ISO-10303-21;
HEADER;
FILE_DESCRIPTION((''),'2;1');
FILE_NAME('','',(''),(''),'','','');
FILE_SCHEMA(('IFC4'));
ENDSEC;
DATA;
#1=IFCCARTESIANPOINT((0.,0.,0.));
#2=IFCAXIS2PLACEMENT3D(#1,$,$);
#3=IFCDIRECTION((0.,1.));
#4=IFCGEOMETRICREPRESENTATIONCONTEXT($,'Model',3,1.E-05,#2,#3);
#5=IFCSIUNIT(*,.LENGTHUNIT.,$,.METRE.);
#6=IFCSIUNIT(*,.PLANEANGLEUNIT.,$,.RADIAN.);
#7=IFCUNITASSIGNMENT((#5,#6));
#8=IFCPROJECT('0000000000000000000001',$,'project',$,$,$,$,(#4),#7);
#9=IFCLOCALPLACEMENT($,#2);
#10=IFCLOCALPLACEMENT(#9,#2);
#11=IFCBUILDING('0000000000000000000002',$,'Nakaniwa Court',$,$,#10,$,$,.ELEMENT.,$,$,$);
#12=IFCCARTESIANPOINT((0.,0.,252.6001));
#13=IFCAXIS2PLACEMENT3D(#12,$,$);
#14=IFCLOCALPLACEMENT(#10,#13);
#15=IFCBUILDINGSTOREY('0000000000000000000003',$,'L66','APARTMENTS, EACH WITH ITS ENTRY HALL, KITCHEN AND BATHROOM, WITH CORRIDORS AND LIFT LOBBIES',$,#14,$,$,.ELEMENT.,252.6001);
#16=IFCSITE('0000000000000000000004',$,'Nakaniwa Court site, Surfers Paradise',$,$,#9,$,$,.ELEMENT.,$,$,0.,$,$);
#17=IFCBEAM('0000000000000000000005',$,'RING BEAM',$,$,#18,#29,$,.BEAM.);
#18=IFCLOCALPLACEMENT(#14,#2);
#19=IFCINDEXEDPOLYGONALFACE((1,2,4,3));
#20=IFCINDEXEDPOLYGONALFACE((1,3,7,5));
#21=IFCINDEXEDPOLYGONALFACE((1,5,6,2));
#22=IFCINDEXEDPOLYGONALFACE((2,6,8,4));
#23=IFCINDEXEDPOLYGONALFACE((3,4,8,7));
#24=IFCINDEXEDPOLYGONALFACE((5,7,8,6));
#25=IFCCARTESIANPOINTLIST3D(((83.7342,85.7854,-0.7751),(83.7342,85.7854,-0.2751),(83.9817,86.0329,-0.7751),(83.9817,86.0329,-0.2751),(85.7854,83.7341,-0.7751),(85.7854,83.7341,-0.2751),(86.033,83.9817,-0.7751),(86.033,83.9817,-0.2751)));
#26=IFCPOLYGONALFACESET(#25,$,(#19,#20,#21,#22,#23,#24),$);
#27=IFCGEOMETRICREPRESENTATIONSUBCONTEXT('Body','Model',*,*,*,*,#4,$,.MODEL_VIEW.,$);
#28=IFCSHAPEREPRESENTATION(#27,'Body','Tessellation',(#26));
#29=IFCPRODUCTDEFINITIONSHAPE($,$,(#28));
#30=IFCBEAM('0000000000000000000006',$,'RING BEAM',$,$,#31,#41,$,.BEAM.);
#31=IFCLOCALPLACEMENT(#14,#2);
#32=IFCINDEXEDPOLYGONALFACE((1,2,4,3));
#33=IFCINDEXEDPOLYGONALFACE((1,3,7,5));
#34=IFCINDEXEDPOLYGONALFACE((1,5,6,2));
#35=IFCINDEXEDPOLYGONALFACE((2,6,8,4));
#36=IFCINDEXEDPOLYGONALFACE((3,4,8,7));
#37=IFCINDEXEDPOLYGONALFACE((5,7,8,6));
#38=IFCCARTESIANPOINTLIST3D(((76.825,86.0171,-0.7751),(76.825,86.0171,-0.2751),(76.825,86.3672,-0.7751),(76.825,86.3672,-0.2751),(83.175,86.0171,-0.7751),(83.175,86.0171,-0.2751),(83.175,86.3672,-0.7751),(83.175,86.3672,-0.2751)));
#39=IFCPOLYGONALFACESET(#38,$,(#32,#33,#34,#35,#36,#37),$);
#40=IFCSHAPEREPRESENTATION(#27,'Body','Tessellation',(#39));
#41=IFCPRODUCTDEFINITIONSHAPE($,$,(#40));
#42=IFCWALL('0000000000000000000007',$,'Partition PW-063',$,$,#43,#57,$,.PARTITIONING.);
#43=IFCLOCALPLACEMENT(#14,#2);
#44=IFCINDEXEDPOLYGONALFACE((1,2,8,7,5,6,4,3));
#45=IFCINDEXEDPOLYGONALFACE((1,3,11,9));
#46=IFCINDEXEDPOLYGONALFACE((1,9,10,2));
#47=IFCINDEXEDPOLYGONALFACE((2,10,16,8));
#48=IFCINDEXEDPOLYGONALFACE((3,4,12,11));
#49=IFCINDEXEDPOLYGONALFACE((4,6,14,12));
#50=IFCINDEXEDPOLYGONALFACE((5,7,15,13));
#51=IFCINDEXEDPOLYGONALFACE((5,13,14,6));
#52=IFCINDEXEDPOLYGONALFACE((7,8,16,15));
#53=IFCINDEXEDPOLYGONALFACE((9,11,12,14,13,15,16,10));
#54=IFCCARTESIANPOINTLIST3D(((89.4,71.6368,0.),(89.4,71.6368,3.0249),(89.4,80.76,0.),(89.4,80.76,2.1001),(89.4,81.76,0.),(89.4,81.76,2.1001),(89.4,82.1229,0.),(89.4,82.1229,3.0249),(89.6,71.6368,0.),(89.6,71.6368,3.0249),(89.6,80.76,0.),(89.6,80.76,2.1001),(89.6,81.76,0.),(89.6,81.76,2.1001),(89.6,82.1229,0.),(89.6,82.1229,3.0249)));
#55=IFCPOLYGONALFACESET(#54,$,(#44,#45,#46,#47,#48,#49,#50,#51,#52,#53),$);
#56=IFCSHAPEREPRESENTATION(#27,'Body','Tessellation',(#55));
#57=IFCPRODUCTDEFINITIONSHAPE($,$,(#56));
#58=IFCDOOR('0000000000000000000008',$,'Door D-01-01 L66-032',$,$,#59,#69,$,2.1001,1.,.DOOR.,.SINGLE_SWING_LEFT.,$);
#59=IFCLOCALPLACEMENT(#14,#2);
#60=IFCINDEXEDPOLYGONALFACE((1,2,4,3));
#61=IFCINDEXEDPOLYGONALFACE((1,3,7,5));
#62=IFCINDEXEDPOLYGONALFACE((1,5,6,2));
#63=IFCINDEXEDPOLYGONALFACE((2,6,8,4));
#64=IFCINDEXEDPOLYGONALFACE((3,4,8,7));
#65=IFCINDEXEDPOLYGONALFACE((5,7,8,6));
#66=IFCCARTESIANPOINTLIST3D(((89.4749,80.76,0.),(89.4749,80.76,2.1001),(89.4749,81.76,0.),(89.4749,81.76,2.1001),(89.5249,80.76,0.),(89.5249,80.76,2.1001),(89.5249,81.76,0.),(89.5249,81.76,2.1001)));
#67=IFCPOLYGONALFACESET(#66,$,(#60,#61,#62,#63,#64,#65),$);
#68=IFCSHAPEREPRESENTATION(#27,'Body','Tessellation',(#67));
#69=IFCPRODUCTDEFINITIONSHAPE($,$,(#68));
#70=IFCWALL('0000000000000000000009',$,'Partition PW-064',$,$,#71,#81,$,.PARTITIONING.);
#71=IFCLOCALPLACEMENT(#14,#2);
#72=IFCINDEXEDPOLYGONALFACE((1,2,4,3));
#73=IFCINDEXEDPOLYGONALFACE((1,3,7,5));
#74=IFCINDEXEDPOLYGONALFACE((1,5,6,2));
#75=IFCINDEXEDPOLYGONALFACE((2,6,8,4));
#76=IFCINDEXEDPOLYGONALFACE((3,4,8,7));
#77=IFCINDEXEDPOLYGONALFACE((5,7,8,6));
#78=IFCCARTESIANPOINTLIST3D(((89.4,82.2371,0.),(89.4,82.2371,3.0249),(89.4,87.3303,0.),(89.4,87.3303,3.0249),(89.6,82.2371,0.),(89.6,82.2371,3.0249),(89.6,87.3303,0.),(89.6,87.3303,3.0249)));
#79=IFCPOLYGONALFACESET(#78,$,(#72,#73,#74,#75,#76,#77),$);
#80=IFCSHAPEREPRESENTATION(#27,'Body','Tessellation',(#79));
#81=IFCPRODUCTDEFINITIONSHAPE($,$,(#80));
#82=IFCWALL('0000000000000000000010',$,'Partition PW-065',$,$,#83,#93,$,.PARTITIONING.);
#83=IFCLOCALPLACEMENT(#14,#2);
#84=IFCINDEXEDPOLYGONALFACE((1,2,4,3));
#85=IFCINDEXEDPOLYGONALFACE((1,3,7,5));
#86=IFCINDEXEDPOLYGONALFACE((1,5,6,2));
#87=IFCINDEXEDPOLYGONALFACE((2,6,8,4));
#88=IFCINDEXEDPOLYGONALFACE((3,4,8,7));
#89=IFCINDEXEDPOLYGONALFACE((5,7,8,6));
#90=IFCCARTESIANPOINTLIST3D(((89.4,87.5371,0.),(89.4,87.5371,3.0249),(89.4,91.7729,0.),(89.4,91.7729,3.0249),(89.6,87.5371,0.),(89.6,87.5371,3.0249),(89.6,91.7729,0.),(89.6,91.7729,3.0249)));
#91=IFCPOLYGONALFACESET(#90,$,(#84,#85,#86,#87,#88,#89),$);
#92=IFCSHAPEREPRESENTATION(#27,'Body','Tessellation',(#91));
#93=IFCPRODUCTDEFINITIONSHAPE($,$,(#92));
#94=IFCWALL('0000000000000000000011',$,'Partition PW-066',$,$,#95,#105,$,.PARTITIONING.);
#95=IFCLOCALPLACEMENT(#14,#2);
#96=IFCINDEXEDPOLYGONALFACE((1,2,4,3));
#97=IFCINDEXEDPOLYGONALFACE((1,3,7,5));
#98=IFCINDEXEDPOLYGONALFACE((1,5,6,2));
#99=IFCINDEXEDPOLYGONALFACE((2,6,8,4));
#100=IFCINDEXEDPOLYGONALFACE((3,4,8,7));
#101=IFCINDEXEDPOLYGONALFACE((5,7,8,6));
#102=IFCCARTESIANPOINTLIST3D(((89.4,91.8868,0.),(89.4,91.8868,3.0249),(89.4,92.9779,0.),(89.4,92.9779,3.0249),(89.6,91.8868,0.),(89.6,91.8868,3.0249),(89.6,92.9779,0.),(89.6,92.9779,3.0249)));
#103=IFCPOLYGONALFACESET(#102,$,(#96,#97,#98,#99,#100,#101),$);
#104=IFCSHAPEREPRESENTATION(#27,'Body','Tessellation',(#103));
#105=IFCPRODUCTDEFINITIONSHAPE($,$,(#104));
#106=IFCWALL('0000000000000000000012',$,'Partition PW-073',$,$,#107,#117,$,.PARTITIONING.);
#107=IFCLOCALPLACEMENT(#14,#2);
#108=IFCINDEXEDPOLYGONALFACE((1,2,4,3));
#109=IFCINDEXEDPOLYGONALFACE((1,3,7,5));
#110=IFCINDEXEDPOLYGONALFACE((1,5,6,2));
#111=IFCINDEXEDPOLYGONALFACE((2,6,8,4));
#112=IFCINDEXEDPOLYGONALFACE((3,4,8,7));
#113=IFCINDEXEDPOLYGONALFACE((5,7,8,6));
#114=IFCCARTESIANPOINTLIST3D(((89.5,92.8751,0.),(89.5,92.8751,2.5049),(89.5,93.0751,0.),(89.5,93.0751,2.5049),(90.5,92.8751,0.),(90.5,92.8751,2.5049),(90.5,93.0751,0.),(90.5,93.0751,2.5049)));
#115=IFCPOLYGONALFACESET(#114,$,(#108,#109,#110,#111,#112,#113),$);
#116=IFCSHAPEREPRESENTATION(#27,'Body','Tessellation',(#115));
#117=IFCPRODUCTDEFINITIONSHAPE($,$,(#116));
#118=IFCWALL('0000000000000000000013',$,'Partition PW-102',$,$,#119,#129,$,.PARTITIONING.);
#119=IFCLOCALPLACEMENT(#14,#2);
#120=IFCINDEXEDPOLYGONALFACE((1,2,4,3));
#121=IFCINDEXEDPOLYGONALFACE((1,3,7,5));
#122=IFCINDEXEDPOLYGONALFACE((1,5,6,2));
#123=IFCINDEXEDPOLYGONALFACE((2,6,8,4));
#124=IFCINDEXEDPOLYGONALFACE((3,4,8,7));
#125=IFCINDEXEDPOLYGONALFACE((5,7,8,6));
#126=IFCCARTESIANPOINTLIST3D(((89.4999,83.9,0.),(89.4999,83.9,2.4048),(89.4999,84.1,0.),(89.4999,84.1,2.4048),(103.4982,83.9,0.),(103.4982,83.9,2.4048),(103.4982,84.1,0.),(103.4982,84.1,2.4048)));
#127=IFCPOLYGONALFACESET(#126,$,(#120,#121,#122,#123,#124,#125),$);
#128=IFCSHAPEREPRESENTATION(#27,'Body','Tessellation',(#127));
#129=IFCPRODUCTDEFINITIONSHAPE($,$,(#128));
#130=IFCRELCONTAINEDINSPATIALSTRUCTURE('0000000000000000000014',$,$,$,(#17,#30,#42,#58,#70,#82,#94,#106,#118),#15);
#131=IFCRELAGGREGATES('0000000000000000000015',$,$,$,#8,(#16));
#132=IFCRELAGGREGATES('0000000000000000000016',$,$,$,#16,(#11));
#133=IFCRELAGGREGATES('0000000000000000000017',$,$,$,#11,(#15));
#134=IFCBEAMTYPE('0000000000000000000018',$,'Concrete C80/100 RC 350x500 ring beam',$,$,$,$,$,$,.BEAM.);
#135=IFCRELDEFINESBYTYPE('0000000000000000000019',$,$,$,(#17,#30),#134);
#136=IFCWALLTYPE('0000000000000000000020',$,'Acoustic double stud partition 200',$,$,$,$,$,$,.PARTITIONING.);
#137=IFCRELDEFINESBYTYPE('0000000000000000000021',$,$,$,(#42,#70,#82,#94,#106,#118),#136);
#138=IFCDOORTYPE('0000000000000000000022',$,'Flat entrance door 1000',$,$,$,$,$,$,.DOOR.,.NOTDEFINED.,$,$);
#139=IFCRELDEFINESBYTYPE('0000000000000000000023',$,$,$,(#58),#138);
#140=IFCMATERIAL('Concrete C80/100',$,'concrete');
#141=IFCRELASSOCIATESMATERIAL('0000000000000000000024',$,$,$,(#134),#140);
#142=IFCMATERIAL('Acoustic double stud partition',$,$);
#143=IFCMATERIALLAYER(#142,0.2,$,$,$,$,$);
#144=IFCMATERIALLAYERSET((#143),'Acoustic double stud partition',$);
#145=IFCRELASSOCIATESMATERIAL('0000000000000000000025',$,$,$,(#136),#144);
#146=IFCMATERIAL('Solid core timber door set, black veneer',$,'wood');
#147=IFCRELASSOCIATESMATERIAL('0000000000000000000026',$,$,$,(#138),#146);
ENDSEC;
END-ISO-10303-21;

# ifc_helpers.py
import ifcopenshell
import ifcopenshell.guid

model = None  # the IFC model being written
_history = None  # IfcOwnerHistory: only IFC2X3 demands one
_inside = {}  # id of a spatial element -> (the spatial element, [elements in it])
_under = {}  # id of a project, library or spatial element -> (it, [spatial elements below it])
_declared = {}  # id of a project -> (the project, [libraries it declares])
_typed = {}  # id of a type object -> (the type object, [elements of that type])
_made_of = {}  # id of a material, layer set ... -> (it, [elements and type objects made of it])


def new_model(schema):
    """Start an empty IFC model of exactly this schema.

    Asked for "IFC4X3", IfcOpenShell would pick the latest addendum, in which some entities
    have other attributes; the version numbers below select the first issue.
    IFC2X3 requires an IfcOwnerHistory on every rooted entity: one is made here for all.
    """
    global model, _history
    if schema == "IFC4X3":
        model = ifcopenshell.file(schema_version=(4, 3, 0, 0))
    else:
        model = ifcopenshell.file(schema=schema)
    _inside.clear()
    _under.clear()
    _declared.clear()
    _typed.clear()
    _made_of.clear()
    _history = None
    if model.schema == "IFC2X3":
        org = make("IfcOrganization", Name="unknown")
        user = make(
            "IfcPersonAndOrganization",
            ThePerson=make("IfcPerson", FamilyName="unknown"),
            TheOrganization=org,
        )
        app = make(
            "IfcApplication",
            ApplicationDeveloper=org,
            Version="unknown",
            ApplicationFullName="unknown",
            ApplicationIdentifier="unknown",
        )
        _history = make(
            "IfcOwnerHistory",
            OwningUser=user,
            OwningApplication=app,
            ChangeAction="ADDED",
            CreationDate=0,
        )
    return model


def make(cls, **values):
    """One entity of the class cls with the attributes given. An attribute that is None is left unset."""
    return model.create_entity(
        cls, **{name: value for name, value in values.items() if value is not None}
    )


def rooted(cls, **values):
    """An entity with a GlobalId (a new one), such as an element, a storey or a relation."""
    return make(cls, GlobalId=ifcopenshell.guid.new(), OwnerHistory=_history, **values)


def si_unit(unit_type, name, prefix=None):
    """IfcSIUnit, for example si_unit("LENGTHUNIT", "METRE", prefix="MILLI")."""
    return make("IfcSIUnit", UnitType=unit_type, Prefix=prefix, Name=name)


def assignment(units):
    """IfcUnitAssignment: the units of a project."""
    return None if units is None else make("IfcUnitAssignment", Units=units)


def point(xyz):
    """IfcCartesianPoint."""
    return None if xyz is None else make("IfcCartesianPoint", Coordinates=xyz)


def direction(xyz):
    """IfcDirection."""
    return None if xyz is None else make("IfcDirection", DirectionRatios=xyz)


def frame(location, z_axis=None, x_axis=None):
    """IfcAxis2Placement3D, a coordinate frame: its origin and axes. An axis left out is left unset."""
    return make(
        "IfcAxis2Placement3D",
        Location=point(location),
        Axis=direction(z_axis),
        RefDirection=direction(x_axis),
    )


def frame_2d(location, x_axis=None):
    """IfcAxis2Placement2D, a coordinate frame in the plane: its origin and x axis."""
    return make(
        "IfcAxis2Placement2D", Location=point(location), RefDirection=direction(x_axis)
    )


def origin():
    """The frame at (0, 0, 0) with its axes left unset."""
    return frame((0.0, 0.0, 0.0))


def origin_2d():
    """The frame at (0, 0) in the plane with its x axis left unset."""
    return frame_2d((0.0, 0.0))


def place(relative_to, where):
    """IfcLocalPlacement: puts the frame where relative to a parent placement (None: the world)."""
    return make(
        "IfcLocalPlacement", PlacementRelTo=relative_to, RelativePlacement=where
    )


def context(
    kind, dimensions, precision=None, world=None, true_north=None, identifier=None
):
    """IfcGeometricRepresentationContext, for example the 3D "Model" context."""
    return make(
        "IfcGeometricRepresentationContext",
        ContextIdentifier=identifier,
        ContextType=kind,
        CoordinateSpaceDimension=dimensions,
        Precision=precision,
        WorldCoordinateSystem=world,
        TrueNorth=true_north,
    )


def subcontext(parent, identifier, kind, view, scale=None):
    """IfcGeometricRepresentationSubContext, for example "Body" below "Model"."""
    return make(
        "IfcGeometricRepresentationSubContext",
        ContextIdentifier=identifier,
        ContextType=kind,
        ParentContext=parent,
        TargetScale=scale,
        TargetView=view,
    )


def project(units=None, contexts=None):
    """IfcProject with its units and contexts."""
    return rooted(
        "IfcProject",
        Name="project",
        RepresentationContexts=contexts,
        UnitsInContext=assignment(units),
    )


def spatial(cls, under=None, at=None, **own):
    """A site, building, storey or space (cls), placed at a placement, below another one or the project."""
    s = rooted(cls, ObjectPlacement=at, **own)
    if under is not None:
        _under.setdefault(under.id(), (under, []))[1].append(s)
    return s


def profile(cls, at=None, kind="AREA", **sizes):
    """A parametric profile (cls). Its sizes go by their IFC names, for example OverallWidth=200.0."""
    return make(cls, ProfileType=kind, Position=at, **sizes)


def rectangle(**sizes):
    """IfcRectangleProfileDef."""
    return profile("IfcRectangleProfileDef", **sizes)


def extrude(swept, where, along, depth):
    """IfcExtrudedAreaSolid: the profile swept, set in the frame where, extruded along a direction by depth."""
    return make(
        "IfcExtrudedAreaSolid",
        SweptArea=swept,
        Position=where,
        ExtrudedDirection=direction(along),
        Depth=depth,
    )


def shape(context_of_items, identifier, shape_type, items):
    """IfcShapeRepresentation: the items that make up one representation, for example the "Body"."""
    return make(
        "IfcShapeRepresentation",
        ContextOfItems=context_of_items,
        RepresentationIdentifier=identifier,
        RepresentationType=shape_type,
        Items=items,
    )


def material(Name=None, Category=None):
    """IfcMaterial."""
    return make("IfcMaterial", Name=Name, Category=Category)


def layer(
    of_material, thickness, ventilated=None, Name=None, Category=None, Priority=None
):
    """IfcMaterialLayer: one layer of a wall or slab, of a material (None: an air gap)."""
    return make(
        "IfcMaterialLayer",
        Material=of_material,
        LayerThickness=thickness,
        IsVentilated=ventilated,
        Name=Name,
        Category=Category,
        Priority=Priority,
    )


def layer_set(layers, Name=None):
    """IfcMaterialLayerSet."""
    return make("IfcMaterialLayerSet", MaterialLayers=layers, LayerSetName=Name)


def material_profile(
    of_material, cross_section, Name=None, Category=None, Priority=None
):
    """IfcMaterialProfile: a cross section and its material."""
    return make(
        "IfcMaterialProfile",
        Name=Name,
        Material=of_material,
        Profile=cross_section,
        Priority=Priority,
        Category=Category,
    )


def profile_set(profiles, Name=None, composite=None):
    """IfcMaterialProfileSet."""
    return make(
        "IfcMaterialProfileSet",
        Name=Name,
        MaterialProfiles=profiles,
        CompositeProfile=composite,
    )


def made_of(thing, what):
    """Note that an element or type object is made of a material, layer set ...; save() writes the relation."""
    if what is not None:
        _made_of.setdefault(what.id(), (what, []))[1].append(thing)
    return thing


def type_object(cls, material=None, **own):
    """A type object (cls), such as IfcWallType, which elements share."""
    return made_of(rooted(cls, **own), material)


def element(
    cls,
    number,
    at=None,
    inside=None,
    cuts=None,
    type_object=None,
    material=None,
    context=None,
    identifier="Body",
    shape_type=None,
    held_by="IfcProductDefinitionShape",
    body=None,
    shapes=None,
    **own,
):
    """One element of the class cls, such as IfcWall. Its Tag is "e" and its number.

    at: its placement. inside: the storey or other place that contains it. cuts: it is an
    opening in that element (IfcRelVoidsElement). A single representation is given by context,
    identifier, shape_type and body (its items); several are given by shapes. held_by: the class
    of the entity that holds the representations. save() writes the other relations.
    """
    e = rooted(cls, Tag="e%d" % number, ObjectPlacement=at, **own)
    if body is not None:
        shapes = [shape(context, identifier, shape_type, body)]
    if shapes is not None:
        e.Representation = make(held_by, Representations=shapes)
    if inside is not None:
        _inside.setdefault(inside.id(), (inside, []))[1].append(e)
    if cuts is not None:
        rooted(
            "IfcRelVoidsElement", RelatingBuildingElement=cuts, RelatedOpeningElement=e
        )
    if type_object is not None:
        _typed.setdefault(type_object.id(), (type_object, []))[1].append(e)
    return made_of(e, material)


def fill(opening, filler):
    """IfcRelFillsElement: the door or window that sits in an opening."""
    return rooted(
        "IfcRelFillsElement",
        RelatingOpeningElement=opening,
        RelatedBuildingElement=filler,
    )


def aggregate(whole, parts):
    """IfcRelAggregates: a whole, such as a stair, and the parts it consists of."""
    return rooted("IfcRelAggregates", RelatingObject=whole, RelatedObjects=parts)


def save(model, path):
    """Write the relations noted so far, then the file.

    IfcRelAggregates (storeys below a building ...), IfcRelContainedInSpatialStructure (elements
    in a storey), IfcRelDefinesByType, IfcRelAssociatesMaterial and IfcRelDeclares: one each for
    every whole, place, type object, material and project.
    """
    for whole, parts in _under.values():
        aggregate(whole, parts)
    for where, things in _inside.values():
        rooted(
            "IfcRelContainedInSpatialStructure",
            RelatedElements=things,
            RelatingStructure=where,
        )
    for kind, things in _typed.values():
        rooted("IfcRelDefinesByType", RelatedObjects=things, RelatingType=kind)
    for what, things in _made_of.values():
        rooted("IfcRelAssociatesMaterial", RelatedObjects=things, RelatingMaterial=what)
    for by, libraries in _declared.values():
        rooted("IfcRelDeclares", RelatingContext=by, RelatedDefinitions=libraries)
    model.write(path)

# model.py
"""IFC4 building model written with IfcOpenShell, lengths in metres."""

from ifc_helpers import new_model, si_unit, direction, frame, frame_2d, origin, origin_2d, place, context, subcontext, project, spatial, rectangle, extrude, material, layer, layer_set, material_profile, profile_set, type_object, element, fill, save


model = new_model("IFC4")

# Units and contexts
model_context = context("Model", 3, precision=1e-05, world=origin(), true_north=direction((0.0, 1.0)))
body_context = subcontext(model_context, "Body", "Model", "MODEL_VIEW")
ifc_project = project(units=[si_unit("LENGTHUNIT", "METRE"), si_unit("PLANEANGLEUNIT", "RADIAN")], contexts=[model_context])

# Site, building, storey
site_placement = place(None, origin())
site = spatial("IfcSite", under=ifc_project, at=site_placement, Name="Nakaniwa Court site, Surfers Paradise", CompositionType="ELEMENT", RefElevation=0.0)
building_placement = place(site_placement, origin())
building = spatial("IfcBuilding", under=site, at=building_placement, Name="Nakaniwa Court", CompositionType="ELEMENT")
storey_placement = place(building_placement, frame((0.0, 0.0, 252.6001)))
storey = spatial("IfcBuildingStorey", under=building, at=storey_placement, Name="L66", Description="APARTMENTS, EACH WITH ITS ENTRY HALL, KITCHEN AND BATHROOM, WITH CORRIDORS AND LIFT LOBBIES", CompositionType="ELEMENT", Elevation=252.6001)

# Shared definitions
ifc_material_1 = material(Name="Concrete C80/100", Category="concrete")

# Beams
ifc_material_profile_1 = material_profile(ifc_material_1, rectangle(XDim=0.3501, YDim=0.5, at=origin_2d()), Name="Concrete C80/100 RC 350x500 ring beam")
ifc_profile_set_1 = profile_set([ifc_material_profile_1], Name="Concrete C80/100")
beam_type = type_object("IfcBeamType", Name="Concrete C80/100 RC 350x500 ring beam", PredefinedType="BEAM", material=ifc_profile_set_1)
beam_1_placement = place(storey_placement, frame((85.9092, 83.8579, -0.5251), z_axis=(-0.707107, 0.707107, 0.0), x_axis=(-0.707107, -0.707107, 0.0)))
element("IfcBeam", 1, at=beam_1_placement, inside=storey, type_object=beam_type, Name="RING BEAM", PredefinedType="BEAM", context=body_context, shape_type="SweptSolid", body=[
    extrude(rectangle(XDim=0.3501, YDim=0.5, at=origin_2d()), origin(), (0.0, 0.0, 1.0), 2.9009),
])
beam_2_placement = place(storey_placement, frame((83.175, 86.1921, -0.5251), z_axis=(-1.0, 0.0, 0.0), x_axis=(0.0, -1.0, 0.0)))
element("IfcBeam", 2, at=beam_2_placement, inside=storey, type_object=beam_type, Name="RING BEAM", PredefinedType="BEAM", context=body_context, shape_type="SweptSolid", body=[
    extrude(rectangle(XDim=0.3501, YDim=0.5, at=origin_2d()), origin(), (0.0, 0.0, 1.0), 6.3501),
])

# Wall, opening, door
ifc_material_2 = material(Name="Acoustic double stud partition")
ifc_layer_1 = layer(ifc_material_2, 0.2)
ifc_layer_set_1 = layer_set([ifc_layer_1], Name="Acoustic double stud partition")
wall_type_1 = type_object("IfcWallType", Name="Acoustic double stud partition 200", PredefinedType="PARTITIONING", material=ifc_layer_set_1)
wall_1_placement = place(storey_placement, frame((89.5, 82.123, 0.0), z_axis=(0.0, 0.0, 1.0), x_axis=(0.0, -1.0, 0.0)))
wall_1 = element("IfcWall", 3, at=wall_1_placement, inside=storey, type_object=wall_type_1, Name="Partition PW-063", PredefinedType="PARTITIONING", context=body_context, shape_type="SweptSolid", body=[
    extrude(rectangle(XDim=10.4861, YDim=0.2, at=frame_2d((5.2432, 0.0))), origin(), (0.0, 0.0, 1.0), 3.0249),
])
opening_1_placement = place(wall_1_placement, frame((0.363, 0.0, 0.0)))
opening_1 = element("IfcOpeningElement", 4, at=opening_1_placement, cuts=wall_1, PredefinedType="OPENING", context=body_context, shape_type="SweptSolid", body=[
    extrude(rectangle(XDim=1.0, YDim=2.1001, at=frame_2d((0.5, 1.05))), frame((0.0, 0.1099, 0.0), z_axis=(0.0, -1.0, 0.0), x_axis=(1.0, 0.0, 0.0)), (0.0, 0.0, 1.0), 0.22),
])
ifc_material_3 = material(Name="Solid core timber door set, black veneer", Category="wood")
door_type_1 = type_object("IfcDoorType", Name="Flat entrance door 1000", OperationType="NOTDEFINED", PredefinedType="DOOR", material=ifc_material_3)
door_1_placement = place(opening_1_placement, origin())
door_1 = element("IfcDoor", 5, at=door_1_placement, inside=storey, type_object=door_type_1, Name="Door D-01-01 L66-032", OperationType="SINGLE_SWING_LEFT", OverallHeight=2.1001, OverallWidth=1.0, PredefinedType="DOOR", context=body_context, shape_type="SweptSolid", body=[
    extrude(rectangle(XDim=1.0, YDim=2.1001, at=frame_2d((0.5, 1.05))), frame((0.0, 0.0249, 0.0), z_axis=(0.0, -1.0, 0.0), x_axis=(1.0, 0.0, 0.0)), (0.0, 0.0, 1.0), 0.05),
])
fill(opening_1, door_1)

# Walls
wall_2_placement = place(storey_placement, frame((89.5, 82.2371, 0.0), z_axis=(0.0, 0.0, 1.0), x_axis=(0.0, 1.0, 0.0)))
element("IfcWall", 6, at=wall_2_placement, inside=storey, type_object=wall_type_1, Name="Partition PW-064", PredefinedType="PARTITIONING", context=body_context, shape_type="SweptSolid", body=[
    extrude(rectangle(XDim=5.0933, YDim=0.2, at=frame_2d((2.5466, 0.0))), origin(), (0.0, 0.0, 1.0), 3.0249),
])
wall_3_placement = place(storey_placement, frame((89.5, 87.5371, 0.0), z_axis=(0.0, 0.0, 1.0), x_axis=(0.0, 1.0, 0.0)))
element("IfcWall", 7, at=wall_3_placement, inside=storey, type_object=wall_type_1, Name="Partition PW-065", PredefinedType="PARTITIONING", context=body_context, shape_type="SweptSolid", body=[
    extrude(rectangle(XDim=4.2358, YDim=0.2, at=frame_2d((2.1179, 0.0))), origin(), (0.0, 0.0, 1.0), 3.0249),
])
wall_4_placement = place(storey_placement, frame((89.5, 91.887, 0.0), z_axis=(0.0, 0.0, 1.0), x_axis=(0.0, 1.0, 0.0)))
element("IfcWall", 8, at=wall_4_placement, inside=storey, type_object=wall_type_1, Name="Partition PW-066", PredefinedType="PARTITIONING", context=body_context, shape_type="SweptSolid", body=[
    extrude(rectangle(XDim=1.0911, YDim=0.2, at=frame_2d((0.5454, 0.0))), origin(), (0.0, 0.0, 1.0), 3.0249),
])
wall_5_placement = place(storey_placement, frame((89.5, 92.9751, 0.0), z_axis=(0.0, 0.0, 1.0), x_axis=(1.0, 0.0, 0.0)))
element("IfcWall", 9, at=wall_5_placement, inside=storey, type_object=wall_type_1, Name="Partition PW-073", PredefinedType="PARTITIONING", context=body_context, shape_type="SweptSolid", body=[
    extrude(rectangle(XDim=1.0, YDim=0.2, at=frame_2d((0.5, 0.0))), origin(), (0.0, 0.0, 1.0), 2.5049),
])
wall_6_placement = place(storey_placement, frame((89.5, 84.0, 0.0), z_axis=(0.0, 0.0, 1.0), x_axis=(1.0, 0.0, 0.0)))
element("IfcWall", 10, at=wall_6_placement, inside=storey, type_object=wall_type_1, Name="Partition PW-102", PredefinedType="PARTITIONING", context=body_context, shape_type="SweptSolid", body=[
    extrude(rectangle(XDim=13.9983, YDim=0.2, at=frame_2d((6.999, 0.0))), origin(), (0.0, 0.0, 1.0), 2.4048),
])

save(model, "model.ifc")
